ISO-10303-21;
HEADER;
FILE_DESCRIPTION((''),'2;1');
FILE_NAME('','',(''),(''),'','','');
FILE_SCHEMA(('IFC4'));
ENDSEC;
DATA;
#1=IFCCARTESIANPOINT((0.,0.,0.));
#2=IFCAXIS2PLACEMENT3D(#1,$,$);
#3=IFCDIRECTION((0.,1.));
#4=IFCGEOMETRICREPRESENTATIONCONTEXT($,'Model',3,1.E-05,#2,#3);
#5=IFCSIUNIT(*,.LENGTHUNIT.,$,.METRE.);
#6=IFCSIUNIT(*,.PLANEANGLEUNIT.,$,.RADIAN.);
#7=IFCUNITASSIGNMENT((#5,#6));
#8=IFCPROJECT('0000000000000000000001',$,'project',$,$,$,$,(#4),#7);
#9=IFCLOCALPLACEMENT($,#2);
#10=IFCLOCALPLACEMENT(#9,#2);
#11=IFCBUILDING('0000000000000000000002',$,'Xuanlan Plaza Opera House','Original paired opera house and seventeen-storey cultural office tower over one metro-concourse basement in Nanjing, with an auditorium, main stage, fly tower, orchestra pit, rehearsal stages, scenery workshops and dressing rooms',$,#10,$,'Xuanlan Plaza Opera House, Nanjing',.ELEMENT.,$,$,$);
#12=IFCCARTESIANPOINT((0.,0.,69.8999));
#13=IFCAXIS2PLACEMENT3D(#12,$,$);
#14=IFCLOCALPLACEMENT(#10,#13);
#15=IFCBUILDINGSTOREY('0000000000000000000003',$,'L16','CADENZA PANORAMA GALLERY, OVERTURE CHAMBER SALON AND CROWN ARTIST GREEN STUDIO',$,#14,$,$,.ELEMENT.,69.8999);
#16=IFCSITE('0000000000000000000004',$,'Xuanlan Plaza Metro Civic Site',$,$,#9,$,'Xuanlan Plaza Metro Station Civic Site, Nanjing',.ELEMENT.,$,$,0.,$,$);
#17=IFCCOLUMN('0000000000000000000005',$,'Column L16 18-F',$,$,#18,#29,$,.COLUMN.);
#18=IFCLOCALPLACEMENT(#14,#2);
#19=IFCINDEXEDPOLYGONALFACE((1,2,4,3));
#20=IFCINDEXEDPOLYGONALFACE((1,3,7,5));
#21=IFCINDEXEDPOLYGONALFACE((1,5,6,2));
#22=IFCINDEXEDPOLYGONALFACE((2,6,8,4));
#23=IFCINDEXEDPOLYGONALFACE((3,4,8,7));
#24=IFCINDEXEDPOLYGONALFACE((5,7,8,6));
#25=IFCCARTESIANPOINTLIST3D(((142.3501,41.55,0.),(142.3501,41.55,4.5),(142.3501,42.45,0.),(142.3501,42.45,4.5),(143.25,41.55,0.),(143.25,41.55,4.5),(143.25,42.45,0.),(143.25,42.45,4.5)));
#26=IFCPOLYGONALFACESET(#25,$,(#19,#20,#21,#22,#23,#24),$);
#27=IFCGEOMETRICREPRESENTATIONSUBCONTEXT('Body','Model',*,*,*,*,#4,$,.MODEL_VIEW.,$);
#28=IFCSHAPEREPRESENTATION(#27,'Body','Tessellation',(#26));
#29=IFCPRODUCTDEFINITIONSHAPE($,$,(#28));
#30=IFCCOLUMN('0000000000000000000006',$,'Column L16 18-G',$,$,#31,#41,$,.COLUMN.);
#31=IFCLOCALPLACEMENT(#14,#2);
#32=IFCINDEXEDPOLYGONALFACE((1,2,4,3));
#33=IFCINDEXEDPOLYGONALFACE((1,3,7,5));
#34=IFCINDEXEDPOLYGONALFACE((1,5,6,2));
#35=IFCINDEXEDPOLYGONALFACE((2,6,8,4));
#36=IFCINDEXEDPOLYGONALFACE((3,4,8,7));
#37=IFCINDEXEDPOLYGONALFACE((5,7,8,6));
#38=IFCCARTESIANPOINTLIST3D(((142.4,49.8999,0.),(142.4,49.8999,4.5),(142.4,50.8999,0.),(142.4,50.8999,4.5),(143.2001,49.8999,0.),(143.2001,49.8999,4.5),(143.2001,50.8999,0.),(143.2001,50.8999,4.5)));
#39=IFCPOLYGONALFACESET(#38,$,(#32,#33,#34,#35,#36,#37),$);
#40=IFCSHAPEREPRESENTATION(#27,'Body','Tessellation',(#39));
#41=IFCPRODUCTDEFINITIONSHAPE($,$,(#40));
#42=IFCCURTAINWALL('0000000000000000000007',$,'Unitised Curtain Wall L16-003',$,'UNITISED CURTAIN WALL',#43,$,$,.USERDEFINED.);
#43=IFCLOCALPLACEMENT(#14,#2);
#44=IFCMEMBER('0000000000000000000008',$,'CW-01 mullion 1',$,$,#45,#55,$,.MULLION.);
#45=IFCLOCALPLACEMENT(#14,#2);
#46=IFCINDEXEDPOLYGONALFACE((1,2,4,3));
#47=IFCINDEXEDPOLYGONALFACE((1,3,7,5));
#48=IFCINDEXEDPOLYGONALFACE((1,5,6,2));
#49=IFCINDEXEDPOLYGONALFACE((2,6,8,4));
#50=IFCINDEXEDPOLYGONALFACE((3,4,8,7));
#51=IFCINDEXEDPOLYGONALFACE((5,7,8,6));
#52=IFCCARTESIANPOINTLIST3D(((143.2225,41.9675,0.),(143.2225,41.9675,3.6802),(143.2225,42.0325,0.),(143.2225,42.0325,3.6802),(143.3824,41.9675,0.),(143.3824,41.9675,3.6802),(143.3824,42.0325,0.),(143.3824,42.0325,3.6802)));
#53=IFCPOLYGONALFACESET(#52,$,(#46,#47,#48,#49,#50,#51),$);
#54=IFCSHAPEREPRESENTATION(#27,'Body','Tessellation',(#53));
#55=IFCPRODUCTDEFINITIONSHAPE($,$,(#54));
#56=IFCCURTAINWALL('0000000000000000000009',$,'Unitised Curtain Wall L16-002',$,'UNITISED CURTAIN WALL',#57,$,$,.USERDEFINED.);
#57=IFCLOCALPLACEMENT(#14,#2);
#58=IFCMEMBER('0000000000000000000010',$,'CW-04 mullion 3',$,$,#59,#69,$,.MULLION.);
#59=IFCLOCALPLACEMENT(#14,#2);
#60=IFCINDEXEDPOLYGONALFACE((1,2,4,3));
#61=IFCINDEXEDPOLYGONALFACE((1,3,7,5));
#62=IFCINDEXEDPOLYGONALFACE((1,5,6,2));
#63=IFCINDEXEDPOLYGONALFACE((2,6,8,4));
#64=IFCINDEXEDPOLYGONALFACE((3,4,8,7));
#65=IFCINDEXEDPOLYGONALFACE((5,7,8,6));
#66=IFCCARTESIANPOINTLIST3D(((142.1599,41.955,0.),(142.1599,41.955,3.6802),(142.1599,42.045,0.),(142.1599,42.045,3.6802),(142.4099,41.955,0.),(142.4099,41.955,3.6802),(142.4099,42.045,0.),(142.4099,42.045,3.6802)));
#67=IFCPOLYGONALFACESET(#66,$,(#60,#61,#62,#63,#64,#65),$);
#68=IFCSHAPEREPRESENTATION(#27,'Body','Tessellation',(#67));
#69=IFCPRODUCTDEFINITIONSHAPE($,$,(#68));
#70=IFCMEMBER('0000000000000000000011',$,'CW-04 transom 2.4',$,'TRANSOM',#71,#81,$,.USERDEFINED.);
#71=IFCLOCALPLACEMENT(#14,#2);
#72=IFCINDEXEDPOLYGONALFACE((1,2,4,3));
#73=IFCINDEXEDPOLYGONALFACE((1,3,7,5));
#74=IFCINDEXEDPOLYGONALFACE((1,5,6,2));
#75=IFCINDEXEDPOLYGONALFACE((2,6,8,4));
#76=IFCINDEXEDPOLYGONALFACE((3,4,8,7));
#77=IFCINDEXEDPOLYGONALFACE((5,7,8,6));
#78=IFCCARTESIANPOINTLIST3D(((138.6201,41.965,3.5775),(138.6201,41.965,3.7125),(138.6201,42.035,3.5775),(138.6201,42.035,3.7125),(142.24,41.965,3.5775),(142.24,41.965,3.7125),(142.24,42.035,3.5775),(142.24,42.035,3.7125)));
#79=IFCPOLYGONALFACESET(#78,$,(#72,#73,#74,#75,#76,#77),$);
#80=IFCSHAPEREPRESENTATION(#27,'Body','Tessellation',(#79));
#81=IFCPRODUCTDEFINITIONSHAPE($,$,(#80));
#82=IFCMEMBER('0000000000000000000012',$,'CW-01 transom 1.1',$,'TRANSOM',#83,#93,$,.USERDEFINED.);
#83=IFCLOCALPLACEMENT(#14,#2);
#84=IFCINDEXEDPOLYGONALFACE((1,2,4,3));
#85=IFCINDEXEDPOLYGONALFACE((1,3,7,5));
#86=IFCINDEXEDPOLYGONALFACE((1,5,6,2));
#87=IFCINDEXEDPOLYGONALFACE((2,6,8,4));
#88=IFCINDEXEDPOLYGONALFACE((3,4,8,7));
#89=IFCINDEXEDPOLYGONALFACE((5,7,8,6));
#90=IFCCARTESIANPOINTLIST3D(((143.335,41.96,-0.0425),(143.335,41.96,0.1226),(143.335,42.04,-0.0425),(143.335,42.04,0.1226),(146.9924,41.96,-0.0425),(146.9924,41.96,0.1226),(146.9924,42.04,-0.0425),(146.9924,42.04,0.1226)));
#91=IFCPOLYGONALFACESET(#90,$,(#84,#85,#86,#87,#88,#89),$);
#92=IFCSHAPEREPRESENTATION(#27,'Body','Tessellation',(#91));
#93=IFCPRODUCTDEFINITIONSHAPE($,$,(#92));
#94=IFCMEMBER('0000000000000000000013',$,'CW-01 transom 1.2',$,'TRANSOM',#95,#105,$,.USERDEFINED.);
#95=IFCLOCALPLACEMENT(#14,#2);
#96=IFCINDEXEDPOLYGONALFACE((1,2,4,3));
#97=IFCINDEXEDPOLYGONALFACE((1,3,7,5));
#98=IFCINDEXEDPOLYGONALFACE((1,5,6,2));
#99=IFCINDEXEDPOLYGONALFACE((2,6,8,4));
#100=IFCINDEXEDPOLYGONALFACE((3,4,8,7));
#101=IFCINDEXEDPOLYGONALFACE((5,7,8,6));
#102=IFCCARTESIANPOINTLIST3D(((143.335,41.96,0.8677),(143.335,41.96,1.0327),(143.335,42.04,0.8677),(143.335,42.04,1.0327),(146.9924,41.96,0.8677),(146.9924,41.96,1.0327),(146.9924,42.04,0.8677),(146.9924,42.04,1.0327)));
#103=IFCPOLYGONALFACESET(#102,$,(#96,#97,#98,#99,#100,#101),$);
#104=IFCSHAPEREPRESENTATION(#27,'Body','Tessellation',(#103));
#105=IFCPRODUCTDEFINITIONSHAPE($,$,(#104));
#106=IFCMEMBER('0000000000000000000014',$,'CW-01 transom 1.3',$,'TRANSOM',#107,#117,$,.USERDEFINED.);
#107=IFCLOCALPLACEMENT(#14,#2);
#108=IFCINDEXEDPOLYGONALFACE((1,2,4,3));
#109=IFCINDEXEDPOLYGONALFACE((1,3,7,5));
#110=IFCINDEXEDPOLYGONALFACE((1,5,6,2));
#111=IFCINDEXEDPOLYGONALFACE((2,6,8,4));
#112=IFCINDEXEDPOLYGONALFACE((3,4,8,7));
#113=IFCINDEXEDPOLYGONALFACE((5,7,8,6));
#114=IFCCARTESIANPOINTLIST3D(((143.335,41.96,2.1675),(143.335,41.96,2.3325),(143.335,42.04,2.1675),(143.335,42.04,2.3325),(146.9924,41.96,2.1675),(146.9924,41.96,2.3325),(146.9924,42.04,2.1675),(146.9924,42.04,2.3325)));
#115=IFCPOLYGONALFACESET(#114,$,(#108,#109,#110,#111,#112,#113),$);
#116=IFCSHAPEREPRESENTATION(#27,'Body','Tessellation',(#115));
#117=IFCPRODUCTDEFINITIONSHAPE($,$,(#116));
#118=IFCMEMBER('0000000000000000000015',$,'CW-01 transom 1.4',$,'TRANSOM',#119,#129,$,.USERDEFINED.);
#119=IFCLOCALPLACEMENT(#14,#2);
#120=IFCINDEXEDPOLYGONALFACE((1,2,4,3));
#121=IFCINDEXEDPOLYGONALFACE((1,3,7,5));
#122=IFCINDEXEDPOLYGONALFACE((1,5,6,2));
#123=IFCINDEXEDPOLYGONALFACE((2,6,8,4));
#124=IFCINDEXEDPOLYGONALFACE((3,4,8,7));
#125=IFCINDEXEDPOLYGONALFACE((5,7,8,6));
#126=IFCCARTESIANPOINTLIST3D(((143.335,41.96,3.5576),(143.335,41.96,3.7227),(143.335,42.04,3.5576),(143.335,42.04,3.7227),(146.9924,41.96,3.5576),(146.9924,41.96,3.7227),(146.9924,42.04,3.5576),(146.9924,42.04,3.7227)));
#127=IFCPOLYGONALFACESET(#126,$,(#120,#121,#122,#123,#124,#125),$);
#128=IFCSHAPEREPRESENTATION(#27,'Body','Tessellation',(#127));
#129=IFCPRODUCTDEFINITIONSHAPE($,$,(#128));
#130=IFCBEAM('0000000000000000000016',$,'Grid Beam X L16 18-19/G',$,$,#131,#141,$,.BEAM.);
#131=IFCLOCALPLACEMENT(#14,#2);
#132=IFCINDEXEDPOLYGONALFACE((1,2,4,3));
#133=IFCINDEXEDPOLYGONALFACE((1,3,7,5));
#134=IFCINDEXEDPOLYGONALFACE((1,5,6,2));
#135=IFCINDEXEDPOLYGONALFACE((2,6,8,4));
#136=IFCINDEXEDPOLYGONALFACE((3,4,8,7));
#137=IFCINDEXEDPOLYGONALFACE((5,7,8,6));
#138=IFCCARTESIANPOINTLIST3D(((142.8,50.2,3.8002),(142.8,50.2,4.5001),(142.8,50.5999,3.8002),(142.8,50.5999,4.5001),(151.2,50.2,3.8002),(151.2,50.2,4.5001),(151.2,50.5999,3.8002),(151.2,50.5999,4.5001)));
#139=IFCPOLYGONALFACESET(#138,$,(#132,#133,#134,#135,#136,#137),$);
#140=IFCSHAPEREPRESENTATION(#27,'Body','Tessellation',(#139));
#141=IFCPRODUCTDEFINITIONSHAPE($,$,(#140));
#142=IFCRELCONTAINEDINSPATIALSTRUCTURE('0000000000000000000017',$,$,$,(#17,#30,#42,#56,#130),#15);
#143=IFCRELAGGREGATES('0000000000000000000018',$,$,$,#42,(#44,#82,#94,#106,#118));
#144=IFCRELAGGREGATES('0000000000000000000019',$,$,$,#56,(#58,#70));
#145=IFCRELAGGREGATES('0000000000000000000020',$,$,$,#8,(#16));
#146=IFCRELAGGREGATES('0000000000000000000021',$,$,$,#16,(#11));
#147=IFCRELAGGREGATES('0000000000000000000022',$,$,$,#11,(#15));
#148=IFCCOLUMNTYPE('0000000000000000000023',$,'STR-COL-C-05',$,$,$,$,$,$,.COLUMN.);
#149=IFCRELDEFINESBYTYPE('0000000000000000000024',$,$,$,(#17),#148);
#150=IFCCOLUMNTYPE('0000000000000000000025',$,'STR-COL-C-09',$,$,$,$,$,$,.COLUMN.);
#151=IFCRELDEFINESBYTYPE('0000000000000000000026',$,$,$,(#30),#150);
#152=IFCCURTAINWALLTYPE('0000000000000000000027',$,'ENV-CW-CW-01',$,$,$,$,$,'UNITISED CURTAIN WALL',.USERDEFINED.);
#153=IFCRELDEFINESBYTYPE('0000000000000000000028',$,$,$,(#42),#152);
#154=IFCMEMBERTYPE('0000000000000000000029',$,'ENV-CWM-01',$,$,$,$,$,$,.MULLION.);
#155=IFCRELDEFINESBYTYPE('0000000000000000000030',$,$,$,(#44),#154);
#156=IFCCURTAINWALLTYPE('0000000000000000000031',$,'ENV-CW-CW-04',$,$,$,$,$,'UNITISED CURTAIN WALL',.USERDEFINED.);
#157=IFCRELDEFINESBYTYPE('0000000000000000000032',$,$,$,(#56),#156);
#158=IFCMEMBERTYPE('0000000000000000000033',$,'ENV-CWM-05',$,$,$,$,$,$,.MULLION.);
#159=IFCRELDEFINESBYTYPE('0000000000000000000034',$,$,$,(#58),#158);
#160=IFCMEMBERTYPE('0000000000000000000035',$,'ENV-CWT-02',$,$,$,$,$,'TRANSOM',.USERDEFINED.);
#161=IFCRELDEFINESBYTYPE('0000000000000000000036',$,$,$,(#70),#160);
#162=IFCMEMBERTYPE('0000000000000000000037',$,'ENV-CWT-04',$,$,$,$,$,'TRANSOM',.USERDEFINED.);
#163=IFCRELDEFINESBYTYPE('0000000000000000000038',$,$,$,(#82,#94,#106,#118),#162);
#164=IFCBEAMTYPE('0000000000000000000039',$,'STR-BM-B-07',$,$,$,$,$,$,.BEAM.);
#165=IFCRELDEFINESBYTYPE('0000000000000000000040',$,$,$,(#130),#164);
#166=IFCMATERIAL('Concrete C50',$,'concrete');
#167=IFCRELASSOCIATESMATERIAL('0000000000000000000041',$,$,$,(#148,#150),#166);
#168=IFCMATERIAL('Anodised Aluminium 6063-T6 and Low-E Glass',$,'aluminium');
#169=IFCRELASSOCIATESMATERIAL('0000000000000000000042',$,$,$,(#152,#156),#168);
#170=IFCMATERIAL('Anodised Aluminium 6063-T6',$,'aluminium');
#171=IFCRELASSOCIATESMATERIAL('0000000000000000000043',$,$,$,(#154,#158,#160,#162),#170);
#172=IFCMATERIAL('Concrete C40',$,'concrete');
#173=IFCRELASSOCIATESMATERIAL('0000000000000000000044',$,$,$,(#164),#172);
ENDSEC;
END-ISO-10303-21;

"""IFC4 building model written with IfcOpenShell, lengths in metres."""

from ifc_helpers import new_model, si_unit, direction, frame, origin, origin_2d, place, context, subcontext, project, spatial, rectangle, extrude, material, material_profile, profile_set, type_object, element, aggregate, save


model = new_model("IFC4")

# Units and contexts
model_context = context("Model", 3, precision=1e-05, world=origin(), true_north=direction((0.0, 1.0)))
body_context = subcontext(model_context, "Body", "Model", "MODEL_VIEW")
ifc_project = project(units=[si_unit("LENGTHUNIT", "METRE"), si_unit("PLANEANGLEUNIT", "RADIAN")], contexts=[model_context])

# Site, building, storey
site_placement = place(None, origin())
site = spatial("IfcSite", under=ifc_project, at=site_placement, Name="Xuanlan Plaza Metro Civic Site", LongName="Xuanlan Plaza Metro Station Civic Site, Nanjing", CompositionType="ELEMENT", RefElevation=0.0)
building_placement = place(site_placement, origin())
building = spatial("IfcBuilding", under=site, at=building_placement, Name="Xuanlan Plaza Opera House", Description="Original paired opera house and seventeen-storey cultural office tower over one metro-concourse basement in Nanjing, with an auditorium, main stage, fly tower, orchestra pit, rehearsal stages, scenery workshops and dressing rooms", LongName="Xuanlan Plaza Opera House, Nanjing", CompositionType="ELEMENT")
storey_placement = place(building_placement, frame((0.0, 0.0, 69.8999)))
storey = spatial("IfcBuildingStorey", under=building, at=storey_placement, Name="L16", Description="CADENZA PANORAMA GALLERY, OVERTURE CHAMBER SALON AND CROWN ARTIST GREEN STUDIO", CompositionType="ELEMENT", Elevation=69.8999)

# Columns
ifc_material_1 = material(Name="Concrete C50", Category="concrete")
ifc_material_profile_1 = material_profile(ifc_material_1, rectangle(XDim=0.8999, YDim=0.8999, at=origin_2d()), Name="RC-COL 900x900")
ifc_profile_set_1 = profile_set([ifc_material_profile_1], Name="Concrete C50")
column_type_1 = type_object("IfcColumnType", Name="STR-COL-C-05", PredefinedType="COLUMN", material=ifc_profile_set_1)
column_1_placement = place(storey_placement, frame((142.8, 42.0, 0.0), z_axis=(0.0, 0.0, 1.0), x_axis=(1.0, 0.0, 0.0)))
element("IfcColumn", 1, at=column_1_placement, inside=storey, type_object=column_type_1, Name="Column L16 18-F", PredefinedType="COLUMN", context=body_context, shape_type="SweptSolid", body=[
    extrude(rectangle(XDim=0.8999, YDim=0.8999, at=origin_2d()), origin(), (0.0, 0.0, 1.0), 4.5),
])
ifc_material_profile_2 = material_profile(ifc_material_1, rectangle(XDim=0.8, YDim=1.0, at=origin_2d()), Name="RC-COL 800x1000")
ifc_profile_set_2 = profile_set([ifc_material_profile_2], Name="Concrete C50")
column_type_2 = type_object("IfcColumnType", Name="STR-COL-C-09", PredefinedType="COLUMN", material=ifc_profile_set_2)
column_2_placement = place(storey_placement, frame((142.8, 50.3999, 0.0), z_axis=(0.0, 0.0, 1.0), x_axis=(1.0, 0.0, 0.0)))
element("IfcColumn", 2, at=column_2_placement, inside=storey, type_object=column_type_2, Name="Column L16 18-G", PredefinedType="COLUMN", context=body_context, shape_type="SweptSolid", body=[
    extrude(rectangle(XDim=0.8, YDim=1.0, at=origin_2d()), origin(), (0.0, 0.0, 1.0), 4.5),
])

# Curtain wall, member
ifc_material_2 = material(Name="Anodised Aluminium 6063-T6 and Low-E Glass", Category="aluminium")
curtain_wall_type_1 = type_object("IfcCurtainWallType", Name="ENV-CW-CW-01", ElementType="UNITISED CURTAIN WALL", PredefinedType="USERDEFINED", material=ifc_material_2)
curtain_wall_1_placement = place(storey_placement, origin())
curtain_wall_1 = element("IfcCurtainWall", 3, at=curtain_wall_1_placement, inside=storey, type_object=curtain_wall_type_1, Name="Unitised Curtain Wall L16-003", ObjectType="UNITISED CURTAIN WALL", PredefinedType="USERDEFINED")
ifc_material_3 = material(Name="Anodised Aluminium 6063-T6", Category="aluminium")
ifc_material_profile_3 = material_profile(ifc_material_3, rectangle(XDim=0.0649, YDim=0.1599, at=origin_2d()), Name="ALU-M 65x160")
ifc_profile_set_3 = profile_set([ifc_material_profile_3], Name="Anodised Aluminium 6063-T6")
member_type_1 = type_object("IfcMemberType", Name="ENV-CWM-01", PredefinedType="MULLION", material=ifc_profile_set_3)
member_1_placement = place(storey_placement, frame((143.3025, 42.0, 0.0), z_axis=(0.0, 0.0, 1.0), x_axis=(0.0, 1.0, 0.0)))
member_1 = element("IfcMember", 4, at=member_1_placement, type_object=member_type_1, Name="CW-01 mullion 1", PredefinedType="MULLION", context=body_context, shape_type="SweptSolid", body=[
    extrude(rectangle(XDim=0.0649, YDim=0.1599, at=origin_2d()), origin(), (0.0, 0.0, 1.0), 3.6802),
])

# Curtain wall, members
curtain_wall_type_2 = type_object("IfcCurtainWallType", Name="ENV-CW-CW-04", ElementType="UNITISED CURTAIN WALL", PredefinedType="USERDEFINED", material=ifc_material_2)
curtain_wall_2_placement = place(storey_placement, origin())
curtain_wall_2 = element("IfcCurtainWall", 5, at=curtain_wall_2_placement, inside=storey, type_object=curtain_wall_type_2, Name="Unitised Curtain Wall L16-002", ObjectType="UNITISED CURTAIN WALL", PredefinedType="USERDEFINED")
ifc_material_profile_4 = material_profile(ifc_material_3, rectangle(XDim=0.0901, YDim=0.25, at=origin_2d()), Name="ALU-M 90x250")
ifc_profile_set_4 = profile_set([ifc_material_profile_4], Name="Anodised Aluminium 6063-T6")
member_type_2 = type_object("IfcMemberType", Name="ENV-CWM-05", PredefinedType="MULLION", material=ifc_profile_set_4)
member_2_placement = place(storey_placement, frame((142.2849, 42.0, 0.0), z_axis=(0.0, 0.0, 1.0), x_axis=(0.0, 1.0, 0.0)))
member_2 = element("IfcMember", 6, at=member_2_placement, type_object=member_type_2, Name="CW-04 mullion 3", PredefinedType="MULLION", context=body_context, shape_type="SweptSolid", body=[
    extrude(rectangle(XDim=0.0901, YDim=0.25, at=origin_2d()), origin(), (0.0, 0.0, 1.0), 3.6802),
])
ifc_material_profile_5 = material_profile(ifc_material_3, rectangle(XDim=0.0701, YDim=0.135, at=origin_2d()), Name="ALU-T 70x135")
ifc_profile_set_5 = profile_set([ifc_material_profile_5], Name="Anodised Aluminium 6063-T6")
member_type_3 = type_object("IfcMemberType", Name="ENV-CWT-02", ElementType="TRANSOM", PredefinedType="USERDEFINED", material=ifc_profile_set_5)
member_3_placement = place(storey_placement, frame((138.6201, 42.0, 3.645), z_axis=(1.0, 0.0, 0.0), x_axis=(0.0, 1.0, 0.0)))
member_3 = element("IfcMember", 7, at=member_3_placement, type_object=member_type_3, Name="CW-04 transom 2.4", ObjectType="TRANSOM", PredefinedType="USERDEFINED", context=body_context, shape_type="SweptSolid", body=[
    extrude(rectangle(XDim=0.0701, YDim=0.135, at=origin_2d()), origin(), (0.0, 0.0, 1.0), 3.6199),
])

# Members
ifc_material_profile_6 = material_profile(ifc_material_3, rectangle(XDim=0.0801, YDim=0.165, at=origin_2d()), Name="ALU-T 80x165")
ifc_profile_set_6 = profile_set([ifc_material_profile_6], Name="Anodised Aluminium 6063-T6")
member_type_4 = type_object("IfcMemberType", Name="ENV-CWT-04", ElementType="TRANSOM", PredefinedType="USERDEFINED", material=ifc_profile_set_6)
member_4_placement = place(storey_placement, frame((143.335, 42.0, 0.04), z_axis=(1.0, 0.0, 0.0), x_axis=(0.0, 1.0, 0.0)))
member_4 = element("IfcMember", 8, at=member_4_placement, type_object=member_type_4, Name="CW-01 transom 1.1", ObjectType="TRANSOM", PredefinedType="USERDEFINED", context=body_context, shape_type="SweptSolid", body=[
    extrude(rectangle(XDim=0.0801, YDim=0.165, at=origin_2d()), origin(), (0.0, 0.0, 1.0), 3.6575),
])
member_5_placement = place(storey_placement, frame((143.335, 42.0, 0.9502), z_axis=(1.0, 0.0, 0.0), x_axis=(0.0, 1.0, 0.0)))
member_5 = element("IfcMember", 9, at=member_5_placement, type_object=member_type_4, Name="CW-01 transom 1.2", ObjectType="TRANSOM", PredefinedType="USERDEFINED", context=body_context, shape_type="SweptSolid", body=[
    extrude(rectangle(XDim=0.0801, YDim=0.165, at=origin_2d()), origin(), (0.0, 0.0, 1.0), 3.6575),
])
member_6_placement = place(storey_placement, frame((143.335, 42.0, 2.25), z_axis=(1.0, 0.0, 0.0), x_axis=(0.0, 1.0, 0.0)))
member_6 = element("IfcMember", 10, at=member_6_placement, type_object=member_type_4, Name="CW-01 transom 1.3", ObjectType="TRANSOM", PredefinedType="USERDEFINED", context=body_context, shape_type="SweptSolid", body=[
    extrude(rectangle(XDim=0.0801, YDim=0.165, at=origin_2d()), origin(), (0.0, 0.0, 1.0), 3.6575),
])
member_7_placement = place(storey_placement, frame((143.335, 42.0, 3.6401), z_axis=(1.0, 0.0, 0.0), x_axis=(0.0, 1.0, 0.0)))
member_7 = element("IfcMember", 11, at=member_7_placement, type_object=member_type_4, Name="CW-01 transom 1.4", ObjectType="TRANSOM", PredefinedType="USERDEFINED", context=body_context, shape_type="SweptSolid", body=[
    extrude(rectangle(XDim=0.0801, YDim=0.165, at=origin_2d()), origin(), (0.0, 0.0, 1.0), 3.6575),
])
aggregate(curtain_wall_1, [member_1, member_4, member_5, member_6, member_7])

# Beam
ifc_material_4 = material(Name="Concrete C40", Category="concrete")
ifc_material_profile_7 = material_profile(ifc_material_4, rectangle(XDim=0.3999, YDim=0.7, at=origin_2d()), Name="RC-BM 400x700")
ifc_profile_set_7 = profile_set([ifc_material_profile_7], Name="Concrete C40")
beam_type_1 = type_object("IfcBeamType", Name="STR-BM-B-07", PredefinedType="BEAM", material=ifc_profile_set_7)
beam_1_placement = place(storey_placement, frame((142.8, 50.3999, 4.1501), z_axis=(1.0, 0.0, 0.0), x_axis=(0.0, 1.0, 0.0)))
element("IfcBeam", 12, at=beam_1_placement, inside=storey, type_object=beam_type_1, Name="Grid Beam X L16 18-19/G", PredefinedType="BEAM", context=body_context, shape_type="SweptSolid", body=[
    extrude(rectangle(XDim=0.3999, YDim=0.7, at=origin_2d()), origin(), (0.0, 0.0, 1.0), 8.3999),
])

aggregate(curtain_wall_2, [member_2, member_3])

save(model, "model.ifc")
